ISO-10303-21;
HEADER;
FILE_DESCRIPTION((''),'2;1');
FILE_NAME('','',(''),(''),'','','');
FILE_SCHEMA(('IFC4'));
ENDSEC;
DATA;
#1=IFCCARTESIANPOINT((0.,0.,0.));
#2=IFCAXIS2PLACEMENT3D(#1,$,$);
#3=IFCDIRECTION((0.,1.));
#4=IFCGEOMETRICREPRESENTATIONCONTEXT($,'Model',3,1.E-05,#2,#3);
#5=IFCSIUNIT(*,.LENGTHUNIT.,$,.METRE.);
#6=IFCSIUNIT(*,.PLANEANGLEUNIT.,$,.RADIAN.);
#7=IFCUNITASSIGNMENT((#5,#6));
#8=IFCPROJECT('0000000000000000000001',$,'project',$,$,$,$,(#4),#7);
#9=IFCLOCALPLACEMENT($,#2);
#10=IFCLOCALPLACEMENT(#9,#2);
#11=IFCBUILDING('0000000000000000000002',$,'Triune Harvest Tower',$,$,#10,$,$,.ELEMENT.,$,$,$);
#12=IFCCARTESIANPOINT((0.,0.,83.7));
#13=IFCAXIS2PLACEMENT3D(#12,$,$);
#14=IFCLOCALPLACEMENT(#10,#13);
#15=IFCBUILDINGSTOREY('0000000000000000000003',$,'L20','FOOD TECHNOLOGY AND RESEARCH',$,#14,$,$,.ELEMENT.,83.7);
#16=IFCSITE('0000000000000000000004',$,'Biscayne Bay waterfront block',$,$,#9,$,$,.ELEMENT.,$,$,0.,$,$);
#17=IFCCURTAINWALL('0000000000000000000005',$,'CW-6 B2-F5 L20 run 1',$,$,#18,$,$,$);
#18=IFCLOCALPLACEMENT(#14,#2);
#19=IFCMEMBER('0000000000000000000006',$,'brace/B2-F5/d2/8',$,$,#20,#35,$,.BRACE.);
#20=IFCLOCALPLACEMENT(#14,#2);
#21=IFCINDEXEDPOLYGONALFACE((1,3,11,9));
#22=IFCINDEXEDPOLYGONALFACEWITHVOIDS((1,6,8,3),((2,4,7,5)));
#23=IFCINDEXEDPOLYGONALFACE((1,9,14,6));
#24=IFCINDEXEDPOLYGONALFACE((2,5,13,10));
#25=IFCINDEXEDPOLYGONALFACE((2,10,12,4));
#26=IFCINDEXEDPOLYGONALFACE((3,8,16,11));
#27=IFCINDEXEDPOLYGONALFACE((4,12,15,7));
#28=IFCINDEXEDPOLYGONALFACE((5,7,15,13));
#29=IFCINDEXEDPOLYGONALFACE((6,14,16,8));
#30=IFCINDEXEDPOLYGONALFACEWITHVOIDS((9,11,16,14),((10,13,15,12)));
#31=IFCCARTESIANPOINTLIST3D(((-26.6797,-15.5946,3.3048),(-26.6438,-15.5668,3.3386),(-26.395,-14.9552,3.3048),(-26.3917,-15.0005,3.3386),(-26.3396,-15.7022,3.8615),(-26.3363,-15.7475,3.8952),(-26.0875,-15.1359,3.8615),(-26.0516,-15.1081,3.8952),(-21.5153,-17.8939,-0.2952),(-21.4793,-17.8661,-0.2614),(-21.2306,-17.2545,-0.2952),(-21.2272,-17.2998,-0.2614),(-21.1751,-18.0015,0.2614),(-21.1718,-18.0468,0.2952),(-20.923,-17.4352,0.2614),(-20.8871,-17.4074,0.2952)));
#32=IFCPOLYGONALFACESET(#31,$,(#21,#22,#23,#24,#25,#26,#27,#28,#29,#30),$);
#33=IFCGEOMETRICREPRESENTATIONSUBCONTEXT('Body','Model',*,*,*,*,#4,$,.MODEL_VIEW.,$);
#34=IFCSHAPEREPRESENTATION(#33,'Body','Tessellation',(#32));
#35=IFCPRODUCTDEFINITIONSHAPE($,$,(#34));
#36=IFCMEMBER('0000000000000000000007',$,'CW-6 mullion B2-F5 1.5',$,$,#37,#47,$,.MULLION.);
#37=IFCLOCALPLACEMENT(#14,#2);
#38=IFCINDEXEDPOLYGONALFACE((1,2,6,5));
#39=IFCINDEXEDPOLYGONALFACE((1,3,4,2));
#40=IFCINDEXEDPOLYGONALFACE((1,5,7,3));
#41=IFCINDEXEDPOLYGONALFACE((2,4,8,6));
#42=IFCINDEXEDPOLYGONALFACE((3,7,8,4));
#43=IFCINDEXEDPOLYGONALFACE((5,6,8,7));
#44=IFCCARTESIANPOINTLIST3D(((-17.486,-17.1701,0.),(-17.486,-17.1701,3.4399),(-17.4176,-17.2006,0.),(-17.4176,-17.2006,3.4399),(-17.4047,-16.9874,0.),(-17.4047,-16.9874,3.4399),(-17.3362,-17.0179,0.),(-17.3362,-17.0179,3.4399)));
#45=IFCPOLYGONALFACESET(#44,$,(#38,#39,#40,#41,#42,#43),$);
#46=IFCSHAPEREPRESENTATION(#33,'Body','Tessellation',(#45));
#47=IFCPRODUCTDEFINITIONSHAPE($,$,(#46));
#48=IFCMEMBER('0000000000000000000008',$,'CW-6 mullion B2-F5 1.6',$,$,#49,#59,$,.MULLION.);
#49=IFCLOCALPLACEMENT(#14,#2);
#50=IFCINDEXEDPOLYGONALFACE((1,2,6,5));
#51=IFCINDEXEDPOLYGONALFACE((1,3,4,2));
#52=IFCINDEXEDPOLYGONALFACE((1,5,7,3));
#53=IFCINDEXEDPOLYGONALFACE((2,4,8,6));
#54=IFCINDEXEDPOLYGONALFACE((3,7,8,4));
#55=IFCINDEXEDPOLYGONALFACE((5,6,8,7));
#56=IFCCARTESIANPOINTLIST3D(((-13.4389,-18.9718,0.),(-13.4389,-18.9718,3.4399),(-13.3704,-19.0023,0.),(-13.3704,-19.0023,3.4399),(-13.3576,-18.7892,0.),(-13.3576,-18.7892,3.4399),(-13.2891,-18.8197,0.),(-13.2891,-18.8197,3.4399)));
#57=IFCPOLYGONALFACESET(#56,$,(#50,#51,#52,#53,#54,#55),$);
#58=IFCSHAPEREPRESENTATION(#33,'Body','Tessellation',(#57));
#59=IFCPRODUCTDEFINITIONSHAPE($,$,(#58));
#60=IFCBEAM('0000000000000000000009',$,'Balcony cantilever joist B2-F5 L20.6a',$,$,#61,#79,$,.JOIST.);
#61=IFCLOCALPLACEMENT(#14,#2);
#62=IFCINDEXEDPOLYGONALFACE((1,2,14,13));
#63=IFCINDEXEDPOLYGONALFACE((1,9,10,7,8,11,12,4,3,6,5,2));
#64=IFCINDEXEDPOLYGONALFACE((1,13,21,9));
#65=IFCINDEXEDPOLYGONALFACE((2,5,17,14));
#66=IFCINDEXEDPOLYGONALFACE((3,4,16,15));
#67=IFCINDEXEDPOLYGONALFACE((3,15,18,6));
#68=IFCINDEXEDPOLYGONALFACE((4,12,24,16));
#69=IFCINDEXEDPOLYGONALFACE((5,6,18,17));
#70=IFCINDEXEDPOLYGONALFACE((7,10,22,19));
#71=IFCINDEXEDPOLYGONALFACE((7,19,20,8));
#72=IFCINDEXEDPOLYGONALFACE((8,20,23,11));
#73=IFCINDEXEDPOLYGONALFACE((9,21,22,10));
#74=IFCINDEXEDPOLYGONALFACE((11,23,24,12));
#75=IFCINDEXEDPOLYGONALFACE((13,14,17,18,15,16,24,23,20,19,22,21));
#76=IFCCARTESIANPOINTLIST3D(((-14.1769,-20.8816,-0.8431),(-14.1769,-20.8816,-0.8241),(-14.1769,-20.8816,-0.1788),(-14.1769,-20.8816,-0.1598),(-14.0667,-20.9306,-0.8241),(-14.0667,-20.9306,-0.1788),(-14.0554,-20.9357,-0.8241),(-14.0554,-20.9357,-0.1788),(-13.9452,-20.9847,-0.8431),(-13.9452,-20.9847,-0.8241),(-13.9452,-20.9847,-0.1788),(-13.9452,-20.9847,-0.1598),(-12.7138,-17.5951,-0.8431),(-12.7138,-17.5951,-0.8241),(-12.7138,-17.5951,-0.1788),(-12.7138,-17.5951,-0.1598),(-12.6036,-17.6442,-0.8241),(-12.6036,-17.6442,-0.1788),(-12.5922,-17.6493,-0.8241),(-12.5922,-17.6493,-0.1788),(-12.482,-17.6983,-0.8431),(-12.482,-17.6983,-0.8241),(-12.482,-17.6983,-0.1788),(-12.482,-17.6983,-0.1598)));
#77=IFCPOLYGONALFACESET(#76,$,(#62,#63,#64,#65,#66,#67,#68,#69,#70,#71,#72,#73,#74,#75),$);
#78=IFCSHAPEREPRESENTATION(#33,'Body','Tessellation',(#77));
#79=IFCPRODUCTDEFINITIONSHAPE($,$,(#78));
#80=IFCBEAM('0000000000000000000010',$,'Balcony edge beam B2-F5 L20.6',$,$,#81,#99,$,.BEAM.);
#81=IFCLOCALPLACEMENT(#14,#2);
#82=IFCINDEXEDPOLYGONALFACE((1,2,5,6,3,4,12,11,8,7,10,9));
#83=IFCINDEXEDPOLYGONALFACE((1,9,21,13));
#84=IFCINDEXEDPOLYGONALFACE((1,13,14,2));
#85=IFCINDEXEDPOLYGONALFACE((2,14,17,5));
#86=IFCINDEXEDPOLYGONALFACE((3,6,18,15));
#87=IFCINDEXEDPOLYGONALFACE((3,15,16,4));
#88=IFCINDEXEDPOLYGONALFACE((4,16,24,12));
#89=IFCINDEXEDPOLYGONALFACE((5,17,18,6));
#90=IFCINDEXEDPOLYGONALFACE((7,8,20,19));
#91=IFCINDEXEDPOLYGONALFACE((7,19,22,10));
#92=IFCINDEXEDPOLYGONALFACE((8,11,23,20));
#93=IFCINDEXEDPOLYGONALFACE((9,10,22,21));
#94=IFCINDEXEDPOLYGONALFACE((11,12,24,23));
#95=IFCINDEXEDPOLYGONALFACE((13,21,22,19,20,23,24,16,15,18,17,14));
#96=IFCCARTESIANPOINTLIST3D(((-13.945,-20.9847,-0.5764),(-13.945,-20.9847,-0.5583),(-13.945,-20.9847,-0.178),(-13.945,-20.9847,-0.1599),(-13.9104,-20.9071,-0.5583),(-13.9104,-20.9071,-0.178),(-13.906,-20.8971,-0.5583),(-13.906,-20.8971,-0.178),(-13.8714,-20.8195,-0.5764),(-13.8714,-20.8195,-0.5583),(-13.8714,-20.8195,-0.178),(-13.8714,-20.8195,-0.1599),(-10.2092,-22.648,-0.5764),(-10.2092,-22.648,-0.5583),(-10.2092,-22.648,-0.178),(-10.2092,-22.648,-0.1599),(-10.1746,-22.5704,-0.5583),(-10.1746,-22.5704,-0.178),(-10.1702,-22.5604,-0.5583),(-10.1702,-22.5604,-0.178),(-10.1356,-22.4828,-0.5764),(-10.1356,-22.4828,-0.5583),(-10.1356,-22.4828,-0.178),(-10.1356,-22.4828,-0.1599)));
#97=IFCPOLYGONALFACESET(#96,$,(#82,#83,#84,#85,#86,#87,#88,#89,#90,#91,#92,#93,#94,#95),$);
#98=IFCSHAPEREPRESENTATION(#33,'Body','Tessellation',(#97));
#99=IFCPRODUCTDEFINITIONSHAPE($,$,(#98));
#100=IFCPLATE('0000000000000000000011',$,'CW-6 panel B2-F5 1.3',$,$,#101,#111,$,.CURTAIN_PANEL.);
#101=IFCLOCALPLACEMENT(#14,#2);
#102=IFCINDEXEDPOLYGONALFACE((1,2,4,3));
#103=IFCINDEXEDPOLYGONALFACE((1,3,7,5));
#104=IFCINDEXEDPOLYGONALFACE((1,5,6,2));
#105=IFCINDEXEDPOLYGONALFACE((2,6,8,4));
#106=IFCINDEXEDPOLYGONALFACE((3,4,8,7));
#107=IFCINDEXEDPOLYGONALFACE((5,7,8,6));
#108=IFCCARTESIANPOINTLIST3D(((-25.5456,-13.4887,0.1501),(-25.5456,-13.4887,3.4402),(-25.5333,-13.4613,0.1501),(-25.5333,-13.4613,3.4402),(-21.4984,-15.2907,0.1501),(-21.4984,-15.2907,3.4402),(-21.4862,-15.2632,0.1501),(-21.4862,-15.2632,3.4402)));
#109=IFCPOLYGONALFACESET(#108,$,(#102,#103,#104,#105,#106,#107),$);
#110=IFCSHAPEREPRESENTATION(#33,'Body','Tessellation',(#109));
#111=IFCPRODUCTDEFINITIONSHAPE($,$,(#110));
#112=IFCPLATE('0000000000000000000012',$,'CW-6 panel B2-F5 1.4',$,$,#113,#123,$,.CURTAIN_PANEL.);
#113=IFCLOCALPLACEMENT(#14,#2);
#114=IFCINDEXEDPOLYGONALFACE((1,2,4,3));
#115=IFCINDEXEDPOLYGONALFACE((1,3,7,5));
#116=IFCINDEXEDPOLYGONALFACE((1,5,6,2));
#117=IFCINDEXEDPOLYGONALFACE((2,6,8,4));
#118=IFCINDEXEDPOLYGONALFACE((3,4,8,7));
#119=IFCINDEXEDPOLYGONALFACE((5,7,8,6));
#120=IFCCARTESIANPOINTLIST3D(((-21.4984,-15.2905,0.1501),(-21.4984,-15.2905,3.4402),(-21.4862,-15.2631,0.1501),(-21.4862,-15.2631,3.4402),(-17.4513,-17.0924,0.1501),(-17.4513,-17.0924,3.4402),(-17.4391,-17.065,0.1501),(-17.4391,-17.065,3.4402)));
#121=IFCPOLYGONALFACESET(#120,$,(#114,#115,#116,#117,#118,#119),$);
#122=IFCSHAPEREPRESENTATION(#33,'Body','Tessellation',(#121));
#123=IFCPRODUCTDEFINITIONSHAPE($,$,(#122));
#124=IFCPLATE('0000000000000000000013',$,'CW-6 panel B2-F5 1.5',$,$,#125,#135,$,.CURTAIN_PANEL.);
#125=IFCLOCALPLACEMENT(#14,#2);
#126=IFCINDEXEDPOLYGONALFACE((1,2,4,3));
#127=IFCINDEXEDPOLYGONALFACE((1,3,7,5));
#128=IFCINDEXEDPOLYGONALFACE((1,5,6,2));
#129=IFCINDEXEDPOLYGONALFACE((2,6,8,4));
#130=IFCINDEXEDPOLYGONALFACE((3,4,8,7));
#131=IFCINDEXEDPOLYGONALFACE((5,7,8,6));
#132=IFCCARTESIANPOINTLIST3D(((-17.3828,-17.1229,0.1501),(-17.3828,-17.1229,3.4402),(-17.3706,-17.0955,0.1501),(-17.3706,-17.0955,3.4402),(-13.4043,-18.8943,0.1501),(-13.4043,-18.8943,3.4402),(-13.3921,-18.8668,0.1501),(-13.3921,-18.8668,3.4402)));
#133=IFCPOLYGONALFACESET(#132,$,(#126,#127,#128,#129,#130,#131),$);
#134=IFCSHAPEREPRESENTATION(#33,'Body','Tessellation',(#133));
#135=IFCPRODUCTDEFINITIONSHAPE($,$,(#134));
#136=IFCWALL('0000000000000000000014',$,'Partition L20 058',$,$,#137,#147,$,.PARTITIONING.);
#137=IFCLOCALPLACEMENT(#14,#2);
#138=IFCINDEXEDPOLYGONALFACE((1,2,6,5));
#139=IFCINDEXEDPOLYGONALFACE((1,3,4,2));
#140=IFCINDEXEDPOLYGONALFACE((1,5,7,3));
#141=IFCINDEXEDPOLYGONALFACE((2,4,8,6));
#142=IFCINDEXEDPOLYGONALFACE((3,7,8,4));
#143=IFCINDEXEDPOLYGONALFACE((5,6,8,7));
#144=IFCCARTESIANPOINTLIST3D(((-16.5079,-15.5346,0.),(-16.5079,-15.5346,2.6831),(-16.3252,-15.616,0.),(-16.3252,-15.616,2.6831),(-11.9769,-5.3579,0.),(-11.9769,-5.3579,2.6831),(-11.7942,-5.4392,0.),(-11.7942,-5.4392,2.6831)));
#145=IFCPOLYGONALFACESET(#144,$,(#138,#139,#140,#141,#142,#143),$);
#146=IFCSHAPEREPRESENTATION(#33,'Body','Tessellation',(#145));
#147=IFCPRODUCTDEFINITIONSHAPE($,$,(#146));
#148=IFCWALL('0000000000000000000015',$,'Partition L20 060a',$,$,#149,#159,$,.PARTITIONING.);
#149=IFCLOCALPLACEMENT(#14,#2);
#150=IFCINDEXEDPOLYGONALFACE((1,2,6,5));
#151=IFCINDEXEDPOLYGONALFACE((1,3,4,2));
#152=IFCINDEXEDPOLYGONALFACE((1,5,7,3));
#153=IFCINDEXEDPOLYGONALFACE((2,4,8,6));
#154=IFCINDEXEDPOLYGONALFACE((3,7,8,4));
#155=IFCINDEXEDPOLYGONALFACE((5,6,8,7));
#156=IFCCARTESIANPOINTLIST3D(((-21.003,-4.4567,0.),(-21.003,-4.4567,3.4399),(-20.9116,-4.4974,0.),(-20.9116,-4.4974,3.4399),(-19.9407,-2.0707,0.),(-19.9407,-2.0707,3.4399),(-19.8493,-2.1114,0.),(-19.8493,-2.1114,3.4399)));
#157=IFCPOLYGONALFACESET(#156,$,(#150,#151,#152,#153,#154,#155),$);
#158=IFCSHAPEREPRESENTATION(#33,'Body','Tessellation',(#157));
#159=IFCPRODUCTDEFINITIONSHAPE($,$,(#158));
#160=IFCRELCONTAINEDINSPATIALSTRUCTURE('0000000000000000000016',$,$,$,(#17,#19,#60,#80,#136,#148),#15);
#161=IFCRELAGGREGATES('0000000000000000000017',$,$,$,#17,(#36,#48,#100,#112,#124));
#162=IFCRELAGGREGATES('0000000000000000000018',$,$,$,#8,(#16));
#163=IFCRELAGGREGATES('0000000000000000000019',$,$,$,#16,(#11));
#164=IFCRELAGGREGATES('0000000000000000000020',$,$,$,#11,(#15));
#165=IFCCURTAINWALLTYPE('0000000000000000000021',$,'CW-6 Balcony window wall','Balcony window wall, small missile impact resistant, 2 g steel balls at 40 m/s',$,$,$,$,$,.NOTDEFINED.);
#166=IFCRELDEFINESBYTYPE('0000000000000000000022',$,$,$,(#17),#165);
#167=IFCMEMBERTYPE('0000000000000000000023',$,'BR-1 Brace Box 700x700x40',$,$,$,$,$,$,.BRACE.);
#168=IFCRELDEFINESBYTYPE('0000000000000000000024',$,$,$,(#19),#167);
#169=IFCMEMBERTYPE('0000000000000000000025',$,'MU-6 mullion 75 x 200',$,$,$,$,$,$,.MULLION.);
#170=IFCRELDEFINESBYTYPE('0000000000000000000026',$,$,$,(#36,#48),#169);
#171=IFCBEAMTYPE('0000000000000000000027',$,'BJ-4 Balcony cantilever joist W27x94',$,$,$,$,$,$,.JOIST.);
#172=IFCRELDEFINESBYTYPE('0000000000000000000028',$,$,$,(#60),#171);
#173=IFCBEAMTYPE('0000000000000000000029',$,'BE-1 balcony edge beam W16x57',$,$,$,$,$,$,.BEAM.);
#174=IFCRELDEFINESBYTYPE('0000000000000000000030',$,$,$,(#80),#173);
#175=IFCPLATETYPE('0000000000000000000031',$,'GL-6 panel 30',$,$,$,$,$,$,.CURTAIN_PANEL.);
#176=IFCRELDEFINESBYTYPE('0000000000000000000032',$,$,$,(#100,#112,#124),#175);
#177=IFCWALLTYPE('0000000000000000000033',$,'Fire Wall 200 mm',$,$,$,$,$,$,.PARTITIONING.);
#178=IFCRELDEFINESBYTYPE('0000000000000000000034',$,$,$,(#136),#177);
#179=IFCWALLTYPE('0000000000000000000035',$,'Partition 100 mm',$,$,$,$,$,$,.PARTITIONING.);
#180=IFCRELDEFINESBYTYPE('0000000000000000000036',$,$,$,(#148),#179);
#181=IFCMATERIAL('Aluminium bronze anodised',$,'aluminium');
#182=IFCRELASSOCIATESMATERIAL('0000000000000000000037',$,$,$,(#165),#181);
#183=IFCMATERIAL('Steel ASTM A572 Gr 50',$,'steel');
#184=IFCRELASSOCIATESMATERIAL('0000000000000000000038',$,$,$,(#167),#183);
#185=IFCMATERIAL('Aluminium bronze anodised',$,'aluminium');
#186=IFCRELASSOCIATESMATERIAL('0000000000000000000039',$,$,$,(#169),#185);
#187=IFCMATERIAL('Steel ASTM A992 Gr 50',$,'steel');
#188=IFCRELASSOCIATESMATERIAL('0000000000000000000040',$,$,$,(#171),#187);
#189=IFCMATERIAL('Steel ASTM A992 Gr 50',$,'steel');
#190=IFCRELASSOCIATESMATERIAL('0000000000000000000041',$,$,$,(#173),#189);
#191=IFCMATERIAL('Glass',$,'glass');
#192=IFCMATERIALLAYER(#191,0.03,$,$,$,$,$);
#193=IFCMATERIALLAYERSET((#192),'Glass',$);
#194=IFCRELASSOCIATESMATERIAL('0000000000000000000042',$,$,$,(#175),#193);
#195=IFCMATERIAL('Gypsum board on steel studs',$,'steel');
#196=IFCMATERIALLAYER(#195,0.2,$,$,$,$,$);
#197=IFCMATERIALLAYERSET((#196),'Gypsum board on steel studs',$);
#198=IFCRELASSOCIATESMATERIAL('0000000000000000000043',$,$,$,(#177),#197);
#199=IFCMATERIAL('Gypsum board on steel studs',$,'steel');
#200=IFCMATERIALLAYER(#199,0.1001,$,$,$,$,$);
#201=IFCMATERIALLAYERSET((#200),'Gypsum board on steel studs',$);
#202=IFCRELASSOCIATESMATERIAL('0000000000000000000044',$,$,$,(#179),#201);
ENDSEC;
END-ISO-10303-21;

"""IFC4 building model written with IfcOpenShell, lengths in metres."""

from ifc_helpers import new_model, si_unit, direction, frame, frame_2d, origin, origin_2d, place, context, subcontext, project, spatial, rectangle, hollow_rectangle, i_section, extrude, source, transform, mapped, material, layer, layer_set, material_profile, profile_set, type_object, element, aggregate, save


model = new_model("IFC4")

# Units and contexts
model_context = context("Model", 3, precision=1e-05, world=origin(), true_north=direction((0.0, 1.0)))
body_context = subcontext(model_context, "Body", "Model", "MODEL_VIEW")
ifc_project = project(units=[si_unit("LENGTHUNIT", "METRE"), si_unit("PLANEANGLEUNIT", "RADIAN")], contexts=[model_context])

# Site, building, storey
site_placement = place(None, origin())
site = spatial("IfcSite", under=ifc_project, at=site_placement, Name="Biscayne Bay waterfront block", CompositionType="ELEMENT", RefElevation=0.0)
building_placement = place(site_placement, origin())
building = spatial("IfcBuilding", under=site, at=building_placement, Name="Triune Harvest Tower", CompositionType="ELEMENT")
storey_placement = place(building_placement, frame((0.0, 0.0, 83.7)))
storey = spatial("IfcBuildingStorey", under=building, at=storey_placement, Name="L20", Description="FOOD TECHNOLOGY AND RESEARCH", CompositionType="ELEMENT", Elevation=83.7)

# Curtain wall
ifc_material_1 = material(Name="Aluminium bronze anodised", Category="aluminium")
curtain_wall_type = type_object("IfcCurtainWallType", Name="CW-6 Balcony window wall", Description="Balcony window wall, small missile impact resistant, 2 g steel balls at 40 m/s", PredefinedType="NOTDEFINED", material=ifc_material_1)
curtain_wall_placement = place(storey_placement, origin())
curtain_wall = element("IfcCurtainWall", 1, at=curtain_wall_placement, inside=storey, type_object=curtain_wall_type, Name="CW-6 B2-F5 L20 run 1")

# Members
ifc_material_2 = material(Name="Steel ASTM A572 Gr 50", Category="steel")
ifc_material_profile_1 = material_profile(ifc_material_2, hollow_rectangle(XDim=0.7, YDim=0.7, WallThickness=0.04, at=origin_2d()), Name="Box 700x700x40")
ifc_profile_set_1 = profile_set([ifc_material_profile_1], Name="Steel ASTM A572 Gr 50")
member_type_1 = type_object("IfcMemberType", Name="BR-1 Brace Box 700x700x40", PredefinedType="BRACE", material=ifc_profile_set_1)
shared_shape_1 = source(origin(), body_context, "Body", "SweptSolid", [
    extrude(hollow_rectangle(XDim=0.7, YDim=0.7, WallThickness=0.04, at=origin_2d()), origin(), (0.0, 0.0, 1.0), 6.7021),
])
member_1_placement = place(storey_placement, frame((-21.2012, -17.6506, 0.0), z_axis=(-0.77057, 0.343066, 0.537148), x_axis=(-0.406723, -0.913551, 0.0)))
element("IfcMember", 2, at=member_1_placement, inside=storey, type_object=member_type_1, Name="brace/B2-F5/d2/8", PredefinedType="BRACE", context=body_context, shape_type="MappedRepresentation", body=[
    mapped(shared_shape_1, transform((0.0, 0.0, 0.0), scale=1.0)),
])
ifc_material_3 = material(Name="Aluminium bronze anodised", Category="aluminium")
ifc_material_profile_2 = material_profile(ifc_material_3, rectangle(XDim=0.2, YDim=0.075, at=origin_2d()), Name="MU-6 mullion 75 x 200")
ifc_profile_set_2 = profile_set([ifc_material_profile_2], Name="Aluminium bronze anodised")
member_type_2 = type_object("IfcMemberType", Name="MU-6 mullion 75 x 200", PredefinedType="MULLION", material=ifc_profile_set_2)
shared_shape_2 = source(origin(), body_context, "Body", "SweptSolid", [
    extrude(rectangle(XDim=0.2, YDim=0.075, at=origin_2d()), origin(), (0.0, 0.0, 1.0), 3.4399),
])
member_2_placement = place(storey_placement, frame((-17.4111, -17.094, 0.0), z_axis=(0.0, 0.0, 1.0), x_axis=(0.406737, 0.913545, 0.0)))
member_2 = element("IfcMember", 3, at=member_2_placement, type_object=member_type_2, Name="CW-6 mullion B2-F5 1.5", PredefinedType="MULLION", context=body_context, shape_type="MappedRepresentation", body=[
    mapped(shared_shape_2, transform((0.0, 0.0, 0.0), scale=1.0)),
])
member_3_placement = place(storey_placement, frame((-13.364, -18.8958, 0.0), z_axis=(0.0, 0.0, 1.0), x_axis=(0.406737, 0.913545, 0.0)))
member_3 = element("IfcMember", 4, at=member_3_placement, type_object=member_type_2, Name="CW-6 mullion B2-F5 1.6", PredefinedType="MULLION", context=body_context, shape_type="MappedRepresentation", body=[
    mapped(shared_shape_2, transform((0.0, 0.0, 0.0), scale=1.0)),
])

# Beams
ifc_material_4 = material(Name="Steel ASTM A992 Gr 50", Category="steel")
ifc_material_profile_3 = material_profile(ifc_material_4, i_section(OverallWidth=0.2537, OverallDepth=0.6833, WebThickness=0.0125, FlangeThickness=0.019, at=origin_2d()), Name="W27x94")
ifc_profile_set_3 = profile_set([ifc_material_profile_3], Name="Steel ASTM A992 Gr 50")
beam_type_1 = type_object("IfcBeamType", Name="BJ-4 Balcony cantilever joist W27x94", PredefinedType="JOIST", material=ifc_profile_set_3)
shared_shape_3 = source(origin(), body_context, "Body", "SweptSolid", [
    extrude(i_section(OverallWidth=0.2537, OverallDepth=0.6833, WebThickness=0.0125, FlangeThickness=0.019, at=origin_2d()), origin(), (0.0, 0.0, 1.0), 3.5974),
])
beam_1_placement = place(storey_placement, frame((-12.5979, -17.6467, -0.5015), z_axis=(-0.406724, -0.913551, 0.0), x_axis=(0.913551, -0.406724, 0.0)))
element("IfcBeam", 5, at=beam_1_placement, inside=storey, type_object=beam_type_1, Name="Balcony cantilever joist B2-F5 L20.6a", PredefinedType="JOIST", context=body_context, shape_type="MappedRepresentation", body=[
    mapped(shared_shape_3, transform((0.0, 0.0, 0.0), scale=1.0)),
])
ifc_material_5 = material(Name="Steel ASTM A992 Gr 50", Category="steel")
ifc_material_profile_4 = material_profile(ifc_material_5, i_section(OverallWidth=0.1809, OverallDepth=0.4165, WebThickness=0.011, FlangeThickness=0.0181, at=origin_2d()), Name="W16x57")
ifc_profile_set_4 = profile_set([ifc_material_profile_4], Name="Steel ASTM A992 Gr 50")
beam_type_2 = type_object("IfcBeamType", Name="BE-1 balcony edge beam W16x57", PredefinedType="BEAM", material=ifc_profile_set_4)
shared_shape_4 = source(origin(), body_context, "Body", "SweptSolid", [
    extrude(i_section(OverallWidth=0.1809, OverallDepth=0.4165, WebThickness=0.011, FlangeThickness=0.0181, at=origin_2d()), origin(), (0.0, 0.0, 1.0), 4.0894),
])
beam_2_placement = place(storey_placement, frame((-13.9082, -20.9021, -0.3682), z_axis=(0.913543, -0.406742, 0.0), x_axis=(0.406742, 0.913543, 0.0)))
element("IfcBeam", 6, at=beam_2_placement, inside=storey, type_object=beam_type_2, Name="Balcony edge beam B2-F5 L20.6", PredefinedType="BEAM", context=body_context, shape_type="MappedRepresentation", body=[
    mapped(shared_shape_4, transform((0.0, 0.0, 0.0), scale=1.0)),
])

# Plates
ifc_material_6 = material(Name="Glass", Category="glass")
ifc_layer_1 = layer(ifc_material_6, 0.03)
ifc_layer_set_1 = layer_set([ifc_layer_1], Name="Glass")
plate_type = type_object("IfcPlateType", Name="GL-6 panel 30", PredefinedType="CURTAIN_PANEL", material=ifc_layer_set_1)
shared_shape_5 = source(origin(), body_context, "Body", "SweptSolid", [
    extrude(rectangle(XDim=4.4302, YDim=0.03, at=origin_2d()), origin(), (0.0, 0.0, 1.0), 3.29),
])
plate_1_placement = place(storey_placement, frame((-23.5159, -14.376, 0.1501), z_axis=(0.0, 0.0, 1.0), x_axis=(0.913545, -0.406737, 0.0)))
plate_1 = element("IfcPlate", 7, at=plate_1_placement, type_object=plate_type, Name="CW-6 panel B2-F5 1.3", PredefinedType="CURTAIN_PANEL", context=body_context, shape_type="MappedRepresentation", body=[
    mapped(shared_shape_5, transform((0.0, 0.0, 0.0), scale=1.0)),
])
plate_2_placement = place(storey_placement, frame((-19.4688, -16.1777, 0.1501), z_axis=(0.0, 0.0, 1.0), x_axis=(0.913545, -0.406737, 0.0)))
plate_2 = element("IfcPlate", 8, at=plate_2_placement, type_object=plate_type, Name="CW-6 panel B2-F5 1.4", PredefinedType="CURTAIN_PANEL", context=body_context, shape_type="MappedRepresentation", body=[
    mapped(shared_shape_5, transform((0.0, 0.0, 0.0), scale=1.0)),
])
shared_shape_6 = source(origin(), body_context, "Body", "SweptSolid", [
    extrude(rectangle(XDim=4.355, YDim=0.03, at=origin_2d()), origin(), (0.0, 0.0, 1.0), 3.29),
])
plate_3_placement = place(storey_placement, frame((-15.3875, -17.9949, 0.1501), z_axis=(0.0, 0.0, 1.0), x_axis=(0.913545, -0.406737, 0.0)))
plate_3 = element("IfcPlate", 9, at=plate_3_placement, type_object=plate_type, Name="CW-6 panel B2-F5 1.5", PredefinedType="CURTAIN_PANEL", context=body_context, shape_type="MappedRepresentation", body=[
    mapped(shared_shape_6, transform((0.0, 0.0, 0.0), scale=1.0)),
])
aggregate(curtain_wall, [member_2, member_3, plate_1, plate_2, plate_3])

# Walls
ifc_material_7 = material(Name="Gypsum board on steel studs", Category="steel")
ifc_layer_2 = layer(ifc_material_7, 0.2)
ifc_layer_set_2 = layer_set([ifc_layer_2], Name="Gypsum board on steel studs")
wall_type_1 = type_object("IfcWallType", Name="Fire Wall 200 mm", PredefinedType="PARTITIONING", material=ifc_layer_set_2)
wall_1_placement = place(storey_placement, frame((-16.4165, -15.5752, 0.0), z_axis=(0.0, 0.0, 1.0), x_axis=(0.406738, 0.913545, 0.0)))
element("IfcWall", 10, at=wall_1_placement, inside=storey, type_object=wall_type_1, Name="Partition L20 058", PredefinedType="PARTITIONING", context=body_context, shape_type="SweptSolid", body=[
    extrude(rectangle(XDim=11.1399, YDim=0.2, at=frame_2d((5.5698, 0.0))), origin(), (0.0, 0.0, 1.0), 2.6831),
])
ifc_material_8 = material(Name="Gypsum board on steel studs", Category="steel")
ifc_layer_3 = layer(ifc_material_8, 0.1001)
ifc_layer_set_3 = layer_set([ifc_layer_3], Name="Gypsum board on steel studs")
wall_type_2 = type_object("IfcWallType", Name="Partition 100 mm", PredefinedType="PARTITIONING", material=ifc_layer_set_3)
shared_shape_7 = source(origin(), body_context, "Body", "SweptSolid", [
    extrude(rectangle(XDim=2.6118, YDim=0.1001, at=frame_2d((1.3059, 0.0))), origin(), (0.0, 0.0, 1.0), 3.4399),
])
wall_2_placement = place(storey_placement, frame((-20.9573, -4.4771, 0.0), z_axis=(0.0, 0.0, 1.0), x_axis=(0.406719, 0.913553, 0.0)))
element("IfcWall", 11, at=wall_2_placement, inside=storey, type_object=wall_type_2, Name="Partition L20 060a", PredefinedType="PARTITIONING", context=body_context, shape_type="MappedRepresentation", body=[
    mapped(shared_shape_7, transform((0.0, 0.0, 0.0), scale=1.0)),
])

save(model, "model.ifc")
